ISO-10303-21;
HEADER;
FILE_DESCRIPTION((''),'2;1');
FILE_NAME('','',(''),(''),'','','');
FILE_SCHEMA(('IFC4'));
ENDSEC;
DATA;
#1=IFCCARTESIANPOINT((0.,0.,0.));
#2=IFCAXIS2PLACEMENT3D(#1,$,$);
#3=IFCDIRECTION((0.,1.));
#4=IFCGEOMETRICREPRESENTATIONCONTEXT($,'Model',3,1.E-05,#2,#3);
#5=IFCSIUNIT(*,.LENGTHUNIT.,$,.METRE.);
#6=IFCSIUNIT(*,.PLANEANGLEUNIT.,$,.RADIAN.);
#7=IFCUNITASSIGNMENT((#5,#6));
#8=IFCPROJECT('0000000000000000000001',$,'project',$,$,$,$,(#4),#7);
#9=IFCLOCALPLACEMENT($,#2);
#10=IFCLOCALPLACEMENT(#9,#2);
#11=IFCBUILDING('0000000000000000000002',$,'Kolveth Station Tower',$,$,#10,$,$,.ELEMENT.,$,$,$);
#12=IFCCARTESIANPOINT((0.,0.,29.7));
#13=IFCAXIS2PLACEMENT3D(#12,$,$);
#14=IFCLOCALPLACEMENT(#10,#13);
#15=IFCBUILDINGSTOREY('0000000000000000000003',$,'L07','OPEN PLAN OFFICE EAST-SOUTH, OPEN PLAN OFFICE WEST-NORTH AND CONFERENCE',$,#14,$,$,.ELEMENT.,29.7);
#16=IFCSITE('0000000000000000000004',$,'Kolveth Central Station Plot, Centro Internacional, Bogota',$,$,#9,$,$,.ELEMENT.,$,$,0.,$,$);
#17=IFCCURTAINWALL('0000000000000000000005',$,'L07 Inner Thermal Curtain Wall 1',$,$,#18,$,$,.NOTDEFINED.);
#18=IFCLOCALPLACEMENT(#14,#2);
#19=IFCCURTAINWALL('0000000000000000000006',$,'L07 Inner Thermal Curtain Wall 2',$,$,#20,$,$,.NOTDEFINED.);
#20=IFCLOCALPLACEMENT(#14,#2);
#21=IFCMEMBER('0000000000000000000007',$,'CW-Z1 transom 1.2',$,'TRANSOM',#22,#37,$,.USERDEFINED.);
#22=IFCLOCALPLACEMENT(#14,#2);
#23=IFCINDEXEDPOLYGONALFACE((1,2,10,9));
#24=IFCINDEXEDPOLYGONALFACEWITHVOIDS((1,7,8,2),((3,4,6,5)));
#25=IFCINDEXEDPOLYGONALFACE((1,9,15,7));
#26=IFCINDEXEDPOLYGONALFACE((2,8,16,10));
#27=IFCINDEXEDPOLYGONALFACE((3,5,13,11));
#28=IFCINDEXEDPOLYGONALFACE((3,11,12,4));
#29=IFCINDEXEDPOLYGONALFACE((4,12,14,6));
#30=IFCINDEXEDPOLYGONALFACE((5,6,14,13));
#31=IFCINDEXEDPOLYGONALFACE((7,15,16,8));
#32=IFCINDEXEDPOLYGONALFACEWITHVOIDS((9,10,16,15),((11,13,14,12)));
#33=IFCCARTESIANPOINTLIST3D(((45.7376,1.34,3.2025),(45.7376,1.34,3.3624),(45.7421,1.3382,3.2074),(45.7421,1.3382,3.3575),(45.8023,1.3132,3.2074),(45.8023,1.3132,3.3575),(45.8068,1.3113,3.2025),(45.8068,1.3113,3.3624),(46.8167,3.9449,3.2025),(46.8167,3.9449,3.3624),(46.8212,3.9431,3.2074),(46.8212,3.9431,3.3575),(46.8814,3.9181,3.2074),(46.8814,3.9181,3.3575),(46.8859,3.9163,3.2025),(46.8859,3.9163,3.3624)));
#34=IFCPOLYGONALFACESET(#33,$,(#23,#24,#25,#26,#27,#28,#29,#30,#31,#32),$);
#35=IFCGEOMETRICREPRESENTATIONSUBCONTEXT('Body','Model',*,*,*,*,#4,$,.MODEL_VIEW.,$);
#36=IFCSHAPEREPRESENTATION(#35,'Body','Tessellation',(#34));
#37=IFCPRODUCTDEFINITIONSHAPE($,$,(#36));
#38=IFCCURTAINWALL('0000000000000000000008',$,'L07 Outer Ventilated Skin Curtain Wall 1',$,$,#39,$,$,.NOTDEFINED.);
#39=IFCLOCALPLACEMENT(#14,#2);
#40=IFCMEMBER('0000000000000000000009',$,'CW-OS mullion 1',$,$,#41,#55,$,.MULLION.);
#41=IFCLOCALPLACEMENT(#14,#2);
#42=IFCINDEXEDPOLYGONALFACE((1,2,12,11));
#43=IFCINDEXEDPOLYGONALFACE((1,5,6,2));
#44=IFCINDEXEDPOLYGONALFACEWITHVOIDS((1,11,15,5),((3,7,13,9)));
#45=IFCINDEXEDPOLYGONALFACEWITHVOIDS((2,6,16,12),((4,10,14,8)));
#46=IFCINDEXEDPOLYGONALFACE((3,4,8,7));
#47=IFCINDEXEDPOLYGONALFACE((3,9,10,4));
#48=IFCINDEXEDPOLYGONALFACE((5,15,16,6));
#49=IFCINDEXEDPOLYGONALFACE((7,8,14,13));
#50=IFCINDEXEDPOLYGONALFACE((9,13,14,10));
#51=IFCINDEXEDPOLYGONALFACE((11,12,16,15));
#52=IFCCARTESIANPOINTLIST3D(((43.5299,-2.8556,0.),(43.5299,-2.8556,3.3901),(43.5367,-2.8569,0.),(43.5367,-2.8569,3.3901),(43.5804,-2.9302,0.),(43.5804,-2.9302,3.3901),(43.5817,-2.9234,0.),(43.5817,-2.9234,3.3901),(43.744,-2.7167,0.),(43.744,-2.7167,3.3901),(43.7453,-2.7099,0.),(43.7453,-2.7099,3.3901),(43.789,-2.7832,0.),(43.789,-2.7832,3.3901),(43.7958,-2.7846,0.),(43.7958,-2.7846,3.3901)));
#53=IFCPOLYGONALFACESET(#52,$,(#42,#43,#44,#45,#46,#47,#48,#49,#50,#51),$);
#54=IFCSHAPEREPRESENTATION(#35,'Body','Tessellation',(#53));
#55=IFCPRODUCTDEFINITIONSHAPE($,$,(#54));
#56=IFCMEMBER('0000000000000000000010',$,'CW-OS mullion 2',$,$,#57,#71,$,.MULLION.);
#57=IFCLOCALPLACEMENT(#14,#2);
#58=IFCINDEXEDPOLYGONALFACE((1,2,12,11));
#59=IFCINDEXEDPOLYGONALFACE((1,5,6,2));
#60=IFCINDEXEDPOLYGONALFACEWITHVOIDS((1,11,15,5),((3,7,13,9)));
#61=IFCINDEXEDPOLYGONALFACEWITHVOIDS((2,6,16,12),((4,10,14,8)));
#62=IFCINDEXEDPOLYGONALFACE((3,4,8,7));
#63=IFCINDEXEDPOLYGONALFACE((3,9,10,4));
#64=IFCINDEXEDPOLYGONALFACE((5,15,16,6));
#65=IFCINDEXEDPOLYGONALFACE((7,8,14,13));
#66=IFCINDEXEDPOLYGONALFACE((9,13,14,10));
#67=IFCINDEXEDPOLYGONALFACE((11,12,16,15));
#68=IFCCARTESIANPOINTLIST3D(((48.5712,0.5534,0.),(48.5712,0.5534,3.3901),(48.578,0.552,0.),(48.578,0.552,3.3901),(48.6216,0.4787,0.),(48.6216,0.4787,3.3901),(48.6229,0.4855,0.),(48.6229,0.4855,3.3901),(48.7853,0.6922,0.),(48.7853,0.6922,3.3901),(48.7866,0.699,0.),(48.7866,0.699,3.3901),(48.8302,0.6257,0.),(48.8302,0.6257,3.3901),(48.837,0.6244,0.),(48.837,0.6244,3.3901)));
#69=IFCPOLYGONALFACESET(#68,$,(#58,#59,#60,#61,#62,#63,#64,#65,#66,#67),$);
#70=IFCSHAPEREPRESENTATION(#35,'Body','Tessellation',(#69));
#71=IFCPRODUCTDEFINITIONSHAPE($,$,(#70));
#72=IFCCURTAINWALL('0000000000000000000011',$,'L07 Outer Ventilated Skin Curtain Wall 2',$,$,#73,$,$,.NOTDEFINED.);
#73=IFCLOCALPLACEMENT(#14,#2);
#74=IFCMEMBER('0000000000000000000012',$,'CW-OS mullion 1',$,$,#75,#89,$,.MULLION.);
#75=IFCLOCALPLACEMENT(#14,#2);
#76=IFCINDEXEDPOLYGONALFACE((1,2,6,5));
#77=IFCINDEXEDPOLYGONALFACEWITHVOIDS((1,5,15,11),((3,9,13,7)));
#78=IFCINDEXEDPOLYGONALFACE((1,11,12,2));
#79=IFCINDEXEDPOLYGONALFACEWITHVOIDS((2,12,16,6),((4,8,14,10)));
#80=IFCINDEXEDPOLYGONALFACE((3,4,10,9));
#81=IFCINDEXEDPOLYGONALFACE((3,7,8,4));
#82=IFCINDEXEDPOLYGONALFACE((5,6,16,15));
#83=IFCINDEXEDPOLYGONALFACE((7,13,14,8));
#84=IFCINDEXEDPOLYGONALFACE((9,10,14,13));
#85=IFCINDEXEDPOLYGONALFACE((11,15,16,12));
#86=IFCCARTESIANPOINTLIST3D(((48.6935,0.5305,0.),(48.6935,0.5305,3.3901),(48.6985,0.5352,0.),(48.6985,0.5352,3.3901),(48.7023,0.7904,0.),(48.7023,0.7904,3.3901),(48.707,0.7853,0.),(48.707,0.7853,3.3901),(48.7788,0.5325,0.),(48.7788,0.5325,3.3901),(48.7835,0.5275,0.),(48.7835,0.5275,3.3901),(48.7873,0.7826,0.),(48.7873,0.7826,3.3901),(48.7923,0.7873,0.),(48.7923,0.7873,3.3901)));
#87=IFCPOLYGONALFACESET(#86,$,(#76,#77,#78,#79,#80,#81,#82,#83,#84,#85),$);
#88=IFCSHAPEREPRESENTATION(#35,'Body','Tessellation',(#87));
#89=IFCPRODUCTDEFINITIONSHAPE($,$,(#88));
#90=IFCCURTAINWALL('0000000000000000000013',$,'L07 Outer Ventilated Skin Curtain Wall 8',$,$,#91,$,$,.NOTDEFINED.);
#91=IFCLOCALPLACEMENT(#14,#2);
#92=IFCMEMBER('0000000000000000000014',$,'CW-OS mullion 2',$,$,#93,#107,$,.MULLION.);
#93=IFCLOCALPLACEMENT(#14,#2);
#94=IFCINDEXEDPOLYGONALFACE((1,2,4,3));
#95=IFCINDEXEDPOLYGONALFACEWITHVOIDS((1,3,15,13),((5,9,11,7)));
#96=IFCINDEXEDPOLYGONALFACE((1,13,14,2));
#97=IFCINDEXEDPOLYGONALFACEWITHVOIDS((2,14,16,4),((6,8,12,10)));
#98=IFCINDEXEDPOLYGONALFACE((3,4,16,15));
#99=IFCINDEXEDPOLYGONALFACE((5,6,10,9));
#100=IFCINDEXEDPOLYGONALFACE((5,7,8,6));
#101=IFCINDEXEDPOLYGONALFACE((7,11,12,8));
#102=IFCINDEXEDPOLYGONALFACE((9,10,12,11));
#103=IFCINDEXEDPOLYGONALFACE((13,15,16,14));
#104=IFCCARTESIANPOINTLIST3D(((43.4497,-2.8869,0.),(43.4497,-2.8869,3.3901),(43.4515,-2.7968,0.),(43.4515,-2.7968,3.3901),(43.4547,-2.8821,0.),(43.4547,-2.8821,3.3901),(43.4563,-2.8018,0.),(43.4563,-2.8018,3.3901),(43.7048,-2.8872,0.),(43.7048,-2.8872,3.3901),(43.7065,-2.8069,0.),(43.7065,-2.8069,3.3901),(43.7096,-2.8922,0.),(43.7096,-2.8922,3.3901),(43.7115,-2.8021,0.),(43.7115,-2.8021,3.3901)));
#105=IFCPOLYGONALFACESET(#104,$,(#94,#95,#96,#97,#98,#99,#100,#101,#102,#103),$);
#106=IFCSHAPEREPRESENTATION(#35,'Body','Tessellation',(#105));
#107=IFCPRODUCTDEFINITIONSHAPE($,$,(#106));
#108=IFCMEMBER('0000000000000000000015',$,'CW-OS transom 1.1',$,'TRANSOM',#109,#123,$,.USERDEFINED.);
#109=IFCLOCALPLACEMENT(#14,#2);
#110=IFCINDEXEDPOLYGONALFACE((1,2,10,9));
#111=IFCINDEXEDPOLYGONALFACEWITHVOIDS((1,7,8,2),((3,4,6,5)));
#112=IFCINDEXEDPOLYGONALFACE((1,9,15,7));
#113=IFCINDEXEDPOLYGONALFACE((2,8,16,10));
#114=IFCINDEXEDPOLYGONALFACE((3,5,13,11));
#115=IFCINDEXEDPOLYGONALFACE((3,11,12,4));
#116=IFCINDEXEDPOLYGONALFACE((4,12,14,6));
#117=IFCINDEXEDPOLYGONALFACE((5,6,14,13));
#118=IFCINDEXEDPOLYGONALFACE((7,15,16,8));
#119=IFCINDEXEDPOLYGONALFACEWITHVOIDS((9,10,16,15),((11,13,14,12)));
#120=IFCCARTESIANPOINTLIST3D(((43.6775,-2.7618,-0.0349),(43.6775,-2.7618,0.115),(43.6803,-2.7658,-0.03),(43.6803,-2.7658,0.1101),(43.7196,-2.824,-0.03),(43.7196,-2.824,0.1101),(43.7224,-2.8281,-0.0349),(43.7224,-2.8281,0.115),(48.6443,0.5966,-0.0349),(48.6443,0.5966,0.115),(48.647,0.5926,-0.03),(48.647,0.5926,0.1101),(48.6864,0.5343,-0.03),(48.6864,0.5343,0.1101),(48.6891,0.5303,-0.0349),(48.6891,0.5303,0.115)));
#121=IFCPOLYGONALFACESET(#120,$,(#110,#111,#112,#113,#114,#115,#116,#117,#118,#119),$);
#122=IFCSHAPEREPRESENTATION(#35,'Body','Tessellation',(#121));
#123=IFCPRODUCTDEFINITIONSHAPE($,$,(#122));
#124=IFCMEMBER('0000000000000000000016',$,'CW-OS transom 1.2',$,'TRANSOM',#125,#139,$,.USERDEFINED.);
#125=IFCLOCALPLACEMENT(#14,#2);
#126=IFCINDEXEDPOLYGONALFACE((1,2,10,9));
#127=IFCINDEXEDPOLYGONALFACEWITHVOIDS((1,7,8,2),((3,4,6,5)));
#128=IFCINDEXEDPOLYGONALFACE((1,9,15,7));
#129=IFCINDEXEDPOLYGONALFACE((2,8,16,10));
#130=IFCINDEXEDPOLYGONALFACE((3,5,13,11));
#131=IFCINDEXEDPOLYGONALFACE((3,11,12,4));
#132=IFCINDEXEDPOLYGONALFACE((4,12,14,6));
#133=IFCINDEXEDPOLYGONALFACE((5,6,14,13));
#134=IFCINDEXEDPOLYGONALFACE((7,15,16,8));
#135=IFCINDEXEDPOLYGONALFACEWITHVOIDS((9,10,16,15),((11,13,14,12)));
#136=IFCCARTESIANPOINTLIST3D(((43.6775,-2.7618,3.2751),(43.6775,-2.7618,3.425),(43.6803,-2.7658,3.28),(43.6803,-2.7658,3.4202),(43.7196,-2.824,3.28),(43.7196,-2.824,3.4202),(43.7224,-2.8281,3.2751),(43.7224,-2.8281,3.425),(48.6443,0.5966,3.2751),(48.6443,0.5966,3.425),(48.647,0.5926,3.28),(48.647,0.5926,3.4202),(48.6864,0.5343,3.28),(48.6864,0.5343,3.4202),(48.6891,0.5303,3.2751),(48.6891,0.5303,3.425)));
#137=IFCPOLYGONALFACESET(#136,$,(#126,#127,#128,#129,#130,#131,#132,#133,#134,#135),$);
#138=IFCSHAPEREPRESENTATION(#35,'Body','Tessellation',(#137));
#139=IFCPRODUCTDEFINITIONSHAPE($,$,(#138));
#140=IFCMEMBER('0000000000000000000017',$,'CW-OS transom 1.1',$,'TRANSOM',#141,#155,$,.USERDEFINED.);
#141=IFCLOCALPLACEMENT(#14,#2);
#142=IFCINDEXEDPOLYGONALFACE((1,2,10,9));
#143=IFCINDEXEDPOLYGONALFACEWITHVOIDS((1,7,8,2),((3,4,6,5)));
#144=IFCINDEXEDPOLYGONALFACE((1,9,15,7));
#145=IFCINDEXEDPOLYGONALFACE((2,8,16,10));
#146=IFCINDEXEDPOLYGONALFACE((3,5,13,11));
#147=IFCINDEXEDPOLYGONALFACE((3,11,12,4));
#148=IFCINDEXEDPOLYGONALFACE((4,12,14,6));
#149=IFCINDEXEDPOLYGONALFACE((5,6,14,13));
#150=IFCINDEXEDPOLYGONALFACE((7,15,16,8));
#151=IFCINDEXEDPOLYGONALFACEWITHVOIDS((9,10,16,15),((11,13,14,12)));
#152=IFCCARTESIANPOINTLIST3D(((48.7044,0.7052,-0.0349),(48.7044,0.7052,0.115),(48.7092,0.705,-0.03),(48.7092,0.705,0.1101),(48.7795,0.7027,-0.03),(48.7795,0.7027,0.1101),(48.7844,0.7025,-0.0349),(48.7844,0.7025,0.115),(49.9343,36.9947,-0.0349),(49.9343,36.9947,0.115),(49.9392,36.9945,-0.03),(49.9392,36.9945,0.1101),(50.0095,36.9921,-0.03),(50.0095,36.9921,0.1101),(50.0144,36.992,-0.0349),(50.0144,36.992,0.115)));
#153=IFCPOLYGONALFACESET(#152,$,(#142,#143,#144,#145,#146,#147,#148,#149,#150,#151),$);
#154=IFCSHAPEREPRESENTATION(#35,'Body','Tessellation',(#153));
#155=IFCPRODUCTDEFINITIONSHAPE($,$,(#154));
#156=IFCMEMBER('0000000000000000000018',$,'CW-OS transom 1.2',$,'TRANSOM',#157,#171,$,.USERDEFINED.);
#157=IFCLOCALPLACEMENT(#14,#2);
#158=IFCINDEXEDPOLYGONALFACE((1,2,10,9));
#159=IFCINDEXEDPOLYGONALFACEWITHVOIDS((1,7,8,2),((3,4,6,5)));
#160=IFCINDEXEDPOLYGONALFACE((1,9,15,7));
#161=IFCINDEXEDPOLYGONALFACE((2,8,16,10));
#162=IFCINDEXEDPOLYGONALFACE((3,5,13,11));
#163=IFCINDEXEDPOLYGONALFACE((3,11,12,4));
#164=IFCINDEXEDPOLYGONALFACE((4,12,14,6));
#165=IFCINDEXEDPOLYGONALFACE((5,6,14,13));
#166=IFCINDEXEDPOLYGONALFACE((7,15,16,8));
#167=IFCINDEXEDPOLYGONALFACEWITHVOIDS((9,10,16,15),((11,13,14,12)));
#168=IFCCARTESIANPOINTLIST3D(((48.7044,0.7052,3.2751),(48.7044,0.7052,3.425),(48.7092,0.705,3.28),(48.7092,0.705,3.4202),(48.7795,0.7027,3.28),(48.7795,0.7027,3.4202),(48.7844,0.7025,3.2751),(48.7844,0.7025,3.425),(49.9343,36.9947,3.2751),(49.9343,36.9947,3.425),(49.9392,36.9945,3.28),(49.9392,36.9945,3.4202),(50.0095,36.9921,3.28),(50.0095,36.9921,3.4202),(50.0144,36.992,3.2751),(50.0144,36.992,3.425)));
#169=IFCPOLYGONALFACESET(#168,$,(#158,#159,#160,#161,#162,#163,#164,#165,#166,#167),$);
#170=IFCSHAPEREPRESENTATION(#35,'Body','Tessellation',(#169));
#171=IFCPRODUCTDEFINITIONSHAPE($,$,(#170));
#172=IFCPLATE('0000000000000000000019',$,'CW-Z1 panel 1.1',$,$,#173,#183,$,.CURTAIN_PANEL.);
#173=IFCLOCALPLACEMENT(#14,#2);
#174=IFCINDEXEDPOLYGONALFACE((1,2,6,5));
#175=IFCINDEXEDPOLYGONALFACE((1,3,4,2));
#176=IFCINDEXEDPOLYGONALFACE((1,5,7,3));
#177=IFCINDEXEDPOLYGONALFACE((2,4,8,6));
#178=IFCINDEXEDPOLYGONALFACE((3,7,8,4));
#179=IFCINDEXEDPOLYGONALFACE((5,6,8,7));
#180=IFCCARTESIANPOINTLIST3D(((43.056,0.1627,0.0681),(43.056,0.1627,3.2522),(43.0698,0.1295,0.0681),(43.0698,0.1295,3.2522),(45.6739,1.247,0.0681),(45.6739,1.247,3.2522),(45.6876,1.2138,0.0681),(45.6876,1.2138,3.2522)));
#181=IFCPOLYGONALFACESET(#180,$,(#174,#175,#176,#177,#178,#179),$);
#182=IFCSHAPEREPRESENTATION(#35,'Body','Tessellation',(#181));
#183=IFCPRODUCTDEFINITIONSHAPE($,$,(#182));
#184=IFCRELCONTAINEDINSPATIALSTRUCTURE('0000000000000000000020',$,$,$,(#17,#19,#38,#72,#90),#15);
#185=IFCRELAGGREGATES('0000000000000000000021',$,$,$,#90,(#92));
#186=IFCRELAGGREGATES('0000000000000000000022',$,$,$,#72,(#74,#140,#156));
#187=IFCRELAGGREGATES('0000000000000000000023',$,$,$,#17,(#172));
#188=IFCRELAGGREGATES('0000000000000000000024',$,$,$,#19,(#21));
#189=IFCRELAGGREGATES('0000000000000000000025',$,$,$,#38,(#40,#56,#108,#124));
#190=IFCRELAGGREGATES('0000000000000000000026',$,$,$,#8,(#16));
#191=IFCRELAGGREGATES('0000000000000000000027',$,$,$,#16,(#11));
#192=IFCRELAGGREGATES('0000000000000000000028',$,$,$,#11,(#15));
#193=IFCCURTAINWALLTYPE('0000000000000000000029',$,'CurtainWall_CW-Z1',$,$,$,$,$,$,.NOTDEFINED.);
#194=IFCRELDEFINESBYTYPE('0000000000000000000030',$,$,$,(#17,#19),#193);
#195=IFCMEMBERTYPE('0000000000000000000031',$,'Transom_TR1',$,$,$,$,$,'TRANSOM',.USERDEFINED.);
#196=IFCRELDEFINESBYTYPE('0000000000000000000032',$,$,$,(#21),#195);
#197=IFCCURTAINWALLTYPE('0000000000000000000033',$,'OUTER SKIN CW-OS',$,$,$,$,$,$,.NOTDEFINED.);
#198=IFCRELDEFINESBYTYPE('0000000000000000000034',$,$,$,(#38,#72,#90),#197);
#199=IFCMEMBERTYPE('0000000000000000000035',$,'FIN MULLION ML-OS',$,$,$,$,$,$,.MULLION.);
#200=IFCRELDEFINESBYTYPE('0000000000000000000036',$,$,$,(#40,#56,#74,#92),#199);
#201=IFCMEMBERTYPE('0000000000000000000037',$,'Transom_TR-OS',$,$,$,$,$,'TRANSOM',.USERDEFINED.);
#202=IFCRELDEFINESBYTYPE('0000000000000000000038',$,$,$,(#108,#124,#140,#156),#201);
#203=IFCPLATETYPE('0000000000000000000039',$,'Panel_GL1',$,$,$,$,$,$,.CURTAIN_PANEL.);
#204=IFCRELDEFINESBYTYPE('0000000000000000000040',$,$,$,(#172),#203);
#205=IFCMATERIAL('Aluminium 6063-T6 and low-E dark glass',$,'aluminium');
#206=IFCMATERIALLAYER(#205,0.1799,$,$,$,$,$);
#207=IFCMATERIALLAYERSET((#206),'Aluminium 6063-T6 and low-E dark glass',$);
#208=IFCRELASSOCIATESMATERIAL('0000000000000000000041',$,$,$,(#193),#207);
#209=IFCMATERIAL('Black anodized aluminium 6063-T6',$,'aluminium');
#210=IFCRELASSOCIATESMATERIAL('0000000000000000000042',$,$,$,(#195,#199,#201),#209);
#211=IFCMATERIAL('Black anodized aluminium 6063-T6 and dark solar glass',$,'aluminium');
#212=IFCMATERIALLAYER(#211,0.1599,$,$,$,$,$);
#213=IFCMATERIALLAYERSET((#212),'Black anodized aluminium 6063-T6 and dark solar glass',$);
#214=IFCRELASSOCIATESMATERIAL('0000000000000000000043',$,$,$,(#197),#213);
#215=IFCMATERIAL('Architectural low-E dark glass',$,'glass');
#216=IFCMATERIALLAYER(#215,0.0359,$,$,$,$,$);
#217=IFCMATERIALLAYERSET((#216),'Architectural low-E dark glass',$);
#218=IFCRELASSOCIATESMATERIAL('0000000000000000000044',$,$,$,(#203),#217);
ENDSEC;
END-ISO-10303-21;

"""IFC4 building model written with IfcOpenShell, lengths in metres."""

from ifc_helpers import new_model, si_unit, direction, frame, origin, origin_2d, place, context, subcontext, project, spatial, rectangle, hollow_rectangle, extrude, source, transform, mapped, material, layer, layer_set, material_profile, profile_set, type_object, element, aggregate, save


model = new_model("IFC4")

# Units and contexts
model_context = context("Model", 3, precision=1e-05, world=origin(), true_north=direction((0.0, 1.0)))
body_context = subcontext(model_context, "Body", "Model", "MODEL_VIEW")
ifc_project = project(units=[si_unit("LENGTHUNIT", "METRE"), si_unit("PLANEANGLEUNIT", "RADIAN")], contexts=[model_context])

# Site, building, storey
site_placement = place(None, origin())
site = spatial("IfcSite", under=ifc_project, at=site_placement, Name="Kolveth Central Station Plot, Centro Internacional, Bogota", CompositionType="ELEMENT", RefElevation=0.0)
building_placement = place(site_placement, origin())
building = spatial("IfcBuilding", under=site, at=building_placement, Name="Kolveth Station Tower", CompositionType="ELEMENT")
storey_placement = place(building_placement, frame((0.0, 0.0, 29.7)))
storey = spatial("IfcBuildingStorey", under=building, at=storey_placement, Name="L07", Description="OPEN PLAN OFFICE EAST-SOUTH, OPEN PLAN OFFICE WEST-NORTH AND CONFERENCE", CompositionType="ELEMENT", Elevation=29.7)

# Curtain walls
ifc_material_1 = material(Name="Aluminium 6063-T6 and low-E dark glass", Category="aluminium")
ifc_layer_1 = layer(ifc_material_1, 0.1799)
ifc_layer_set_1 = layer_set([ifc_layer_1], Name="Aluminium 6063-T6 and low-E dark glass")
curtain_wall_type_1 = type_object("IfcCurtainWallType", Name="CurtainWall_CW-Z1", PredefinedType="NOTDEFINED", material=ifc_layer_set_1)
curtain_wall_1_placement = place(storey_placement, origin())
curtain_wall_1 = element("IfcCurtainWall", 1, at=curtain_wall_1_placement, inside=storey, type_object=curtain_wall_type_1, Name="L07 Inner Thermal Curtain Wall 1", PredefinedType="NOTDEFINED")
ifc_material_2 = material(Name="Black anodized aluminium 6063-T6", Category="aluminium")
curtain_wall_2_placement = place(storey_placement, origin())
curtain_wall_2 = element("IfcCurtainWall", 2, at=curtain_wall_2_placement, inside=storey, type_object=curtain_wall_type_1, Name="L07 Inner Thermal Curtain Wall 2", PredefinedType="NOTDEFINED")

# Member
ifc_material_profile_1 = material_profile(ifc_material_2, hollow_rectangle(XDim=0.075, YDim=0.1599, WallThickness=0.0049, at=origin_2d()), Name="ALU-75x160x5")
ifc_profile_set_1 = profile_set([ifc_material_profile_1], Name="Black anodized aluminium 6063-T6")
member_type_1 = type_object("IfcMemberType", Name="Transom_TR1", ElementType="TRANSOM", PredefinedType="USERDEFINED", material=ifc_profile_set_1)
shared_shape_1 = source(origin(), body_context, "Body", "SweptSolid", [
    extrude(hollow_rectangle(XDim=0.075, YDim=0.1599, WallThickness=0.0049, at=origin_2d()), origin(), (0.0, 0.0, 1.0), 2.8196),
])
member_1_placement = place(storey_placement, frame((45.7722, 1.3257, 3.2825), z_axis=(0.382709, 0.923869, 0.0), x_axis=(-0.923869, 0.382709, 0.0)))
member_1 = element("IfcMember", 3, at=member_1_placement, type_object=member_type_1, Name="CW-Z1 transom 1.2", ObjectType="TRANSOM", PredefinedType="USERDEFINED", context=body_context, shape_type="MappedRepresentation", body=[
    mapped(shared_shape_1, transform((0.0, 0.0, 0.0), x_axis=(1.0, 0.0, 0.0), y_axis=(0.0, 1.0, 0.0), z_axis=(0.0, 0.0, 1.0), scale=1.0)),
])

# Curtain wall, members
ifc_material_3 = material(Name="Black anodized aluminium 6063-T6 and dark solar glass", Category="aluminium")
ifc_layer_2 = layer(ifc_material_3, 0.1599)
ifc_layer_set_2 = layer_set([ifc_layer_2], Name="Black anodized aluminium 6063-T6 and dark solar glass")
curtain_wall_type_2 = type_object("IfcCurtainWallType", Name="OUTER SKIN CW-OS", PredefinedType="NOTDEFINED", material=ifc_layer_set_2)
curtain_wall_3_placement = place(storey_placement, origin())
curtain_wall_3 = element("IfcCurtainWall", 4, at=curtain_wall_3_placement, inside=storey, type_object=curtain_wall_type_2, Name="L07 Outer Ventilated Skin Curtain Wall 1", PredefinedType="NOTDEFINED")
ifc_material_profile_2 = material_profile(ifc_material_2, hollow_rectangle(XDim=0.0901, YDim=0.26, WallThickness=0.0049, at=origin_2d()), Name="ALU-90x260x5")
ifc_profile_set_2 = profile_set([ifc_material_profile_2], Name="Black anodized aluminium 6063-T6")
member_type_2 = type_object("IfcMemberType", Name="FIN MULLION ML-OS", PredefinedType="MULLION", material=ifc_profile_set_2)
shared_shape_2 = source(origin(), body_context, "Body", "SweptSolid", [
    extrude(hollow_rectangle(XDim=0.0901, YDim=0.26, WallThickness=0.0049, at=origin_2d()), origin(), (0.0, 0.0, 1.0), 3.3901),
])
member_2_placement = place(storey_placement, frame((43.6628, -2.8201, 0.0), z_axis=(0.0, 0.0, 1.0), x_axis=(-0.560155, 0.828388, 0.0)))
member_2 = element("IfcMember", 5, at=member_2_placement, type_object=member_type_2, Name="CW-OS mullion 1", PredefinedType="MULLION", context=body_context, shape_type="MappedRepresentation", body=[
    mapped(shared_shape_2, transform((0.0, 0.0, 0.0), x_axis=(1.0, 0.0, 0.0), y_axis=(0.0, 1.0, 0.0), z_axis=(0.0, 0.0, 1.0), scale=1.0)),
])
member_3_placement = place(storey_placement, frame((48.7041, 0.5889, 0.0), z_axis=(0.0, 0.0, 1.0), x_axis=(-0.560155, 0.828388, 0.0)))
member_3 = element("IfcMember", 6, at=member_3_placement, type_object=member_type_2, Name="CW-OS mullion 2", PredefinedType="MULLION", context=body_context, shape_type="MappedRepresentation", body=[
    mapped(shared_shape_2, transform((0.0, 0.0, 0.0), x_axis=(1.0, 0.0, 0.0), y_axis=(0.0, 1.0, 0.0), z_axis=(0.0, 0.0, 1.0), scale=1.0)),
])

# Curtain walls, members
curtain_wall_4_placement = place(storey_placement, origin())
curtain_wall_4 = element("IfcCurtainWall", 7, at=curtain_wall_4_placement, inside=storey, type_object=curtain_wall_type_2, Name="L07 Outer Ventilated Skin Curtain Wall 2", PredefinedType="NOTDEFINED")
member_4_placement = place(storey_placement, frame((48.7429, 0.6589, 0.0), z_axis=(0.0, 0.0, 1.0), x_axis=(-0.999426, 0.033875, 0.0)))
member_4 = element("IfcMember", 8, at=member_4_placement, type_object=member_type_2, Name="CW-OS mullion 1", PredefinedType="MULLION", context=body_context, shape_type="MappedRepresentation", body=[
    mapped(shared_shape_2, transform((0.0, 0.0, 0.0), x_axis=(1.0, 0.0, 0.0), y_axis=(0.0, 1.0, 0.0), z_axis=(0.0, 0.0, 1.0), scale=1.0)),
])
curtain_wall_5_placement = place(storey_placement, origin())
curtain_wall_5 = element("IfcCurtainWall", 9, at=curtain_wall_5_placement, inside=storey, type_object=curtain_wall_type_2, Name="L07 Outer Ventilated Skin Curtain Wall 8", PredefinedType="NOTDEFINED")
member_5_placement = place(storey_placement, frame((43.5806, -2.8445, 0.0), z_axis=(0.0, 0.0, 1.0), x_axis=(0.020334, 0.999793, 0.0)))
member_5 = element("IfcMember", 10, at=member_5_placement, type_object=member_type_2, Name="CW-OS mullion 2", PredefinedType="MULLION", context=body_context, shape_type="MappedRepresentation", body=[
    mapped(shared_shape_2, transform((0.0, 0.0, 0.0), x_axis=(1.0, 0.0, 0.0), y_axis=(0.0, 1.0, 0.0), z_axis=(0.0, 0.0, 1.0), scale=1.0)),
])
aggregate(curtain_wall_5, [member_5])

# Members
ifc_material_profile_3 = material_profile(ifc_material_2, hollow_rectangle(XDim=0.0801, YDim=0.1499, WallThickness=0.0049, at=origin_2d()), Name="ALU-80x150x5")
ifc_profile_set_3 = profile_set([ifc_material_profile_3], Name="Black anodized aluminium 6063-T6")
member_type_3 = type_object("IfcMemberType", Name="Transom_TR-OS", ElementType="TRANSOM", PredefinedType="USERDEFINED", material=ifc_profile_set_3)
shared_shape_3 = source(origin(), body_context, "Body", "SweptSolid", [
    extrude(hollow_rectangle(XDim=0.0801, YDim=0.1499, WallThickness=0.0049, at=origin_2d()), origin(), (0.0, 0.0, 1.0), 5.9956),
])
member_6_placement = place(storey_placement, frame((43.7, -2.7949, 0.04), z_axis=(0.828399, 0.560138, 0.0), x_axis=(-0.560138, 0.828399, 0.0)))
member_6 = element("IfcMember", 11, at=member_6_placement, type_object=member_type_3, Name="CW-OS transom 1.1", ObjectType="TRANSOM", PredefinedType="USERDEFINED", context=body_context, shape_type="MappedRepresentation", body=[
    mapped(shared_shape_3, transform((0.0, 0.0, 0.0), x_axis=(1.0, 0.0, 0.0), y_axis=(0.0, 1.0, 0.0), z_axis=(0.0, 0.0, 1.0), scale=1.0)),
])
member_7_placement = place(storey_placement, frame((43.7, -2.7949, 3.3501), z_axis=(0.828399, 0.560138, 0.0), x_axis=(-0.560138, 0.828399, 0.0)))
member_7 = element("IfcMember", 12, at=member_7_placement, type_object=member_type_3, Name="CW-OS transom 1.2", ObjectType="TRANSOM", PredefinedType="USERDEFINED", context=body_context, shape_type="MappedRepresentation", body=[
    mapped(shared_shape_3, transform((0.0, 0.0, 0.0), x_axis=(1.0, 0.0, 0.0), y_axis=(0.0, 1.0, 0.0), z_axis=(0.0, 0.0, 1.0), scale=1.0)),
])
shared_shape_4 = source(origin(), body_context, "Body", "SweptSolid", [
    extrude(hollow_rectangle(XDim=0.0801, YDim=0.1499, WallThickness=0.0049, at=origin_2d()), origin(), (0.0, 0.0, 1.0), 36.3103),
])
member_8_placement = place(storey_placement, frame((48.7444, 0.7039, 0.04), z_axis=(0.033874, 0.999426, 0.0), x_axis=(-0.999426, 0.033874, 0.0)))
member_8 = element("IfcMember", 13, at=member_8_placement, type_object=member_type_3, Name="CW-OS transom 1.1", ObjectType="TRANSOM", PredefinedType="USERDEFINED", context=body_context, shape_type="MappedRepresentation", body=[
    mapped(shared_shape_4, transform((0.0, 0.0, 0.0), x_axis=(1.0, 0.0, 0.0), y_axis=(0.0, 1.0, 0.0), z_axis=(0.0, 0.0, 1.0), scale=1.0)),
])
member_9_placement = place(storey_placement, frame((48.7444, 0.7039, 3.3501), z_axis=(0.033874, 0.999426, 0.0), x_axis=(-0.999426, 0.033874, 0.0)))
member_9 = element("IfcMember", 14, at=member_9_placement, type_object=member_type_3, Name="CW-OS transom 1.2", ObjectType="TRANSOM", PredefinedType="USERDEFINED", context=body_context, shape_type="MappedRepresentation", body=[
    mapped(shared_shape_4, transform((0.0, 0.0, 0.0), x_axis=(1.0, 0.0, 0.0), y_axis=(0.0, 1.0, 0.0), z_axis=(0.0, 0.0, 1.0), scale=1.0)),
])
aggregate(curtain_wall_4, [member_4, member_8, member_9])

# Plate
ifc_material_4 = material(Name="Architectural low-E dark glass", Category="glass")
ifc_layer_3 = layer(ifc_material_4, 0.0359)
ifc_layer_set_3 = layer_set([ifc_layer_3], Name="Architectural low-E dark glass")
plate_type_1 = type_object("IfcPlateType", Name="Panel_GL1", PredefinedType="CURTAIN_PANEL", material=ifc_layer_set_3)
shared_shape_5 = source(origin(), body_context, "Body", "SweptSolid", [
    extrude(rectangle(XDim=2.8335, YDim=0.0359, at=origin_2d()), origin(), (0.0, 0.0, 1.0), 3.1841),
])
plate_1_placement = place(storey_placement, frame((44.3718, 0.6882, 0.0681), z_axis=(0.0, 0.0, 1.0), x_axis=(0.923884, 0.382673, 0.0)))
plate_1 = element("IfcPlate", 15, at=plate_1_placement, type_object=plate_type_1, Name="CW-Z1 panel 1.1", PredefinedType="CURTAIN_PANEL", context=body_context, shape_type="MappedRepresentation", body=[
    mapped(shared_shape_5, transform((0.0, 0.0, 0.0), x_axis=(1.0, 0.0, 0.0), y_axis=(0.0, 1.0, 0.0), z_axis=(0.0, 0.0, 1.0), scale=1.0)),
])
aggregate(curtain_wall_1, [plate_1])
aggregate(curtain_wall_2, [member_1])
aggregate(curtain_wall_3, [member_2, member_3, member_6, member_7])

save(model, "model.ifc")
